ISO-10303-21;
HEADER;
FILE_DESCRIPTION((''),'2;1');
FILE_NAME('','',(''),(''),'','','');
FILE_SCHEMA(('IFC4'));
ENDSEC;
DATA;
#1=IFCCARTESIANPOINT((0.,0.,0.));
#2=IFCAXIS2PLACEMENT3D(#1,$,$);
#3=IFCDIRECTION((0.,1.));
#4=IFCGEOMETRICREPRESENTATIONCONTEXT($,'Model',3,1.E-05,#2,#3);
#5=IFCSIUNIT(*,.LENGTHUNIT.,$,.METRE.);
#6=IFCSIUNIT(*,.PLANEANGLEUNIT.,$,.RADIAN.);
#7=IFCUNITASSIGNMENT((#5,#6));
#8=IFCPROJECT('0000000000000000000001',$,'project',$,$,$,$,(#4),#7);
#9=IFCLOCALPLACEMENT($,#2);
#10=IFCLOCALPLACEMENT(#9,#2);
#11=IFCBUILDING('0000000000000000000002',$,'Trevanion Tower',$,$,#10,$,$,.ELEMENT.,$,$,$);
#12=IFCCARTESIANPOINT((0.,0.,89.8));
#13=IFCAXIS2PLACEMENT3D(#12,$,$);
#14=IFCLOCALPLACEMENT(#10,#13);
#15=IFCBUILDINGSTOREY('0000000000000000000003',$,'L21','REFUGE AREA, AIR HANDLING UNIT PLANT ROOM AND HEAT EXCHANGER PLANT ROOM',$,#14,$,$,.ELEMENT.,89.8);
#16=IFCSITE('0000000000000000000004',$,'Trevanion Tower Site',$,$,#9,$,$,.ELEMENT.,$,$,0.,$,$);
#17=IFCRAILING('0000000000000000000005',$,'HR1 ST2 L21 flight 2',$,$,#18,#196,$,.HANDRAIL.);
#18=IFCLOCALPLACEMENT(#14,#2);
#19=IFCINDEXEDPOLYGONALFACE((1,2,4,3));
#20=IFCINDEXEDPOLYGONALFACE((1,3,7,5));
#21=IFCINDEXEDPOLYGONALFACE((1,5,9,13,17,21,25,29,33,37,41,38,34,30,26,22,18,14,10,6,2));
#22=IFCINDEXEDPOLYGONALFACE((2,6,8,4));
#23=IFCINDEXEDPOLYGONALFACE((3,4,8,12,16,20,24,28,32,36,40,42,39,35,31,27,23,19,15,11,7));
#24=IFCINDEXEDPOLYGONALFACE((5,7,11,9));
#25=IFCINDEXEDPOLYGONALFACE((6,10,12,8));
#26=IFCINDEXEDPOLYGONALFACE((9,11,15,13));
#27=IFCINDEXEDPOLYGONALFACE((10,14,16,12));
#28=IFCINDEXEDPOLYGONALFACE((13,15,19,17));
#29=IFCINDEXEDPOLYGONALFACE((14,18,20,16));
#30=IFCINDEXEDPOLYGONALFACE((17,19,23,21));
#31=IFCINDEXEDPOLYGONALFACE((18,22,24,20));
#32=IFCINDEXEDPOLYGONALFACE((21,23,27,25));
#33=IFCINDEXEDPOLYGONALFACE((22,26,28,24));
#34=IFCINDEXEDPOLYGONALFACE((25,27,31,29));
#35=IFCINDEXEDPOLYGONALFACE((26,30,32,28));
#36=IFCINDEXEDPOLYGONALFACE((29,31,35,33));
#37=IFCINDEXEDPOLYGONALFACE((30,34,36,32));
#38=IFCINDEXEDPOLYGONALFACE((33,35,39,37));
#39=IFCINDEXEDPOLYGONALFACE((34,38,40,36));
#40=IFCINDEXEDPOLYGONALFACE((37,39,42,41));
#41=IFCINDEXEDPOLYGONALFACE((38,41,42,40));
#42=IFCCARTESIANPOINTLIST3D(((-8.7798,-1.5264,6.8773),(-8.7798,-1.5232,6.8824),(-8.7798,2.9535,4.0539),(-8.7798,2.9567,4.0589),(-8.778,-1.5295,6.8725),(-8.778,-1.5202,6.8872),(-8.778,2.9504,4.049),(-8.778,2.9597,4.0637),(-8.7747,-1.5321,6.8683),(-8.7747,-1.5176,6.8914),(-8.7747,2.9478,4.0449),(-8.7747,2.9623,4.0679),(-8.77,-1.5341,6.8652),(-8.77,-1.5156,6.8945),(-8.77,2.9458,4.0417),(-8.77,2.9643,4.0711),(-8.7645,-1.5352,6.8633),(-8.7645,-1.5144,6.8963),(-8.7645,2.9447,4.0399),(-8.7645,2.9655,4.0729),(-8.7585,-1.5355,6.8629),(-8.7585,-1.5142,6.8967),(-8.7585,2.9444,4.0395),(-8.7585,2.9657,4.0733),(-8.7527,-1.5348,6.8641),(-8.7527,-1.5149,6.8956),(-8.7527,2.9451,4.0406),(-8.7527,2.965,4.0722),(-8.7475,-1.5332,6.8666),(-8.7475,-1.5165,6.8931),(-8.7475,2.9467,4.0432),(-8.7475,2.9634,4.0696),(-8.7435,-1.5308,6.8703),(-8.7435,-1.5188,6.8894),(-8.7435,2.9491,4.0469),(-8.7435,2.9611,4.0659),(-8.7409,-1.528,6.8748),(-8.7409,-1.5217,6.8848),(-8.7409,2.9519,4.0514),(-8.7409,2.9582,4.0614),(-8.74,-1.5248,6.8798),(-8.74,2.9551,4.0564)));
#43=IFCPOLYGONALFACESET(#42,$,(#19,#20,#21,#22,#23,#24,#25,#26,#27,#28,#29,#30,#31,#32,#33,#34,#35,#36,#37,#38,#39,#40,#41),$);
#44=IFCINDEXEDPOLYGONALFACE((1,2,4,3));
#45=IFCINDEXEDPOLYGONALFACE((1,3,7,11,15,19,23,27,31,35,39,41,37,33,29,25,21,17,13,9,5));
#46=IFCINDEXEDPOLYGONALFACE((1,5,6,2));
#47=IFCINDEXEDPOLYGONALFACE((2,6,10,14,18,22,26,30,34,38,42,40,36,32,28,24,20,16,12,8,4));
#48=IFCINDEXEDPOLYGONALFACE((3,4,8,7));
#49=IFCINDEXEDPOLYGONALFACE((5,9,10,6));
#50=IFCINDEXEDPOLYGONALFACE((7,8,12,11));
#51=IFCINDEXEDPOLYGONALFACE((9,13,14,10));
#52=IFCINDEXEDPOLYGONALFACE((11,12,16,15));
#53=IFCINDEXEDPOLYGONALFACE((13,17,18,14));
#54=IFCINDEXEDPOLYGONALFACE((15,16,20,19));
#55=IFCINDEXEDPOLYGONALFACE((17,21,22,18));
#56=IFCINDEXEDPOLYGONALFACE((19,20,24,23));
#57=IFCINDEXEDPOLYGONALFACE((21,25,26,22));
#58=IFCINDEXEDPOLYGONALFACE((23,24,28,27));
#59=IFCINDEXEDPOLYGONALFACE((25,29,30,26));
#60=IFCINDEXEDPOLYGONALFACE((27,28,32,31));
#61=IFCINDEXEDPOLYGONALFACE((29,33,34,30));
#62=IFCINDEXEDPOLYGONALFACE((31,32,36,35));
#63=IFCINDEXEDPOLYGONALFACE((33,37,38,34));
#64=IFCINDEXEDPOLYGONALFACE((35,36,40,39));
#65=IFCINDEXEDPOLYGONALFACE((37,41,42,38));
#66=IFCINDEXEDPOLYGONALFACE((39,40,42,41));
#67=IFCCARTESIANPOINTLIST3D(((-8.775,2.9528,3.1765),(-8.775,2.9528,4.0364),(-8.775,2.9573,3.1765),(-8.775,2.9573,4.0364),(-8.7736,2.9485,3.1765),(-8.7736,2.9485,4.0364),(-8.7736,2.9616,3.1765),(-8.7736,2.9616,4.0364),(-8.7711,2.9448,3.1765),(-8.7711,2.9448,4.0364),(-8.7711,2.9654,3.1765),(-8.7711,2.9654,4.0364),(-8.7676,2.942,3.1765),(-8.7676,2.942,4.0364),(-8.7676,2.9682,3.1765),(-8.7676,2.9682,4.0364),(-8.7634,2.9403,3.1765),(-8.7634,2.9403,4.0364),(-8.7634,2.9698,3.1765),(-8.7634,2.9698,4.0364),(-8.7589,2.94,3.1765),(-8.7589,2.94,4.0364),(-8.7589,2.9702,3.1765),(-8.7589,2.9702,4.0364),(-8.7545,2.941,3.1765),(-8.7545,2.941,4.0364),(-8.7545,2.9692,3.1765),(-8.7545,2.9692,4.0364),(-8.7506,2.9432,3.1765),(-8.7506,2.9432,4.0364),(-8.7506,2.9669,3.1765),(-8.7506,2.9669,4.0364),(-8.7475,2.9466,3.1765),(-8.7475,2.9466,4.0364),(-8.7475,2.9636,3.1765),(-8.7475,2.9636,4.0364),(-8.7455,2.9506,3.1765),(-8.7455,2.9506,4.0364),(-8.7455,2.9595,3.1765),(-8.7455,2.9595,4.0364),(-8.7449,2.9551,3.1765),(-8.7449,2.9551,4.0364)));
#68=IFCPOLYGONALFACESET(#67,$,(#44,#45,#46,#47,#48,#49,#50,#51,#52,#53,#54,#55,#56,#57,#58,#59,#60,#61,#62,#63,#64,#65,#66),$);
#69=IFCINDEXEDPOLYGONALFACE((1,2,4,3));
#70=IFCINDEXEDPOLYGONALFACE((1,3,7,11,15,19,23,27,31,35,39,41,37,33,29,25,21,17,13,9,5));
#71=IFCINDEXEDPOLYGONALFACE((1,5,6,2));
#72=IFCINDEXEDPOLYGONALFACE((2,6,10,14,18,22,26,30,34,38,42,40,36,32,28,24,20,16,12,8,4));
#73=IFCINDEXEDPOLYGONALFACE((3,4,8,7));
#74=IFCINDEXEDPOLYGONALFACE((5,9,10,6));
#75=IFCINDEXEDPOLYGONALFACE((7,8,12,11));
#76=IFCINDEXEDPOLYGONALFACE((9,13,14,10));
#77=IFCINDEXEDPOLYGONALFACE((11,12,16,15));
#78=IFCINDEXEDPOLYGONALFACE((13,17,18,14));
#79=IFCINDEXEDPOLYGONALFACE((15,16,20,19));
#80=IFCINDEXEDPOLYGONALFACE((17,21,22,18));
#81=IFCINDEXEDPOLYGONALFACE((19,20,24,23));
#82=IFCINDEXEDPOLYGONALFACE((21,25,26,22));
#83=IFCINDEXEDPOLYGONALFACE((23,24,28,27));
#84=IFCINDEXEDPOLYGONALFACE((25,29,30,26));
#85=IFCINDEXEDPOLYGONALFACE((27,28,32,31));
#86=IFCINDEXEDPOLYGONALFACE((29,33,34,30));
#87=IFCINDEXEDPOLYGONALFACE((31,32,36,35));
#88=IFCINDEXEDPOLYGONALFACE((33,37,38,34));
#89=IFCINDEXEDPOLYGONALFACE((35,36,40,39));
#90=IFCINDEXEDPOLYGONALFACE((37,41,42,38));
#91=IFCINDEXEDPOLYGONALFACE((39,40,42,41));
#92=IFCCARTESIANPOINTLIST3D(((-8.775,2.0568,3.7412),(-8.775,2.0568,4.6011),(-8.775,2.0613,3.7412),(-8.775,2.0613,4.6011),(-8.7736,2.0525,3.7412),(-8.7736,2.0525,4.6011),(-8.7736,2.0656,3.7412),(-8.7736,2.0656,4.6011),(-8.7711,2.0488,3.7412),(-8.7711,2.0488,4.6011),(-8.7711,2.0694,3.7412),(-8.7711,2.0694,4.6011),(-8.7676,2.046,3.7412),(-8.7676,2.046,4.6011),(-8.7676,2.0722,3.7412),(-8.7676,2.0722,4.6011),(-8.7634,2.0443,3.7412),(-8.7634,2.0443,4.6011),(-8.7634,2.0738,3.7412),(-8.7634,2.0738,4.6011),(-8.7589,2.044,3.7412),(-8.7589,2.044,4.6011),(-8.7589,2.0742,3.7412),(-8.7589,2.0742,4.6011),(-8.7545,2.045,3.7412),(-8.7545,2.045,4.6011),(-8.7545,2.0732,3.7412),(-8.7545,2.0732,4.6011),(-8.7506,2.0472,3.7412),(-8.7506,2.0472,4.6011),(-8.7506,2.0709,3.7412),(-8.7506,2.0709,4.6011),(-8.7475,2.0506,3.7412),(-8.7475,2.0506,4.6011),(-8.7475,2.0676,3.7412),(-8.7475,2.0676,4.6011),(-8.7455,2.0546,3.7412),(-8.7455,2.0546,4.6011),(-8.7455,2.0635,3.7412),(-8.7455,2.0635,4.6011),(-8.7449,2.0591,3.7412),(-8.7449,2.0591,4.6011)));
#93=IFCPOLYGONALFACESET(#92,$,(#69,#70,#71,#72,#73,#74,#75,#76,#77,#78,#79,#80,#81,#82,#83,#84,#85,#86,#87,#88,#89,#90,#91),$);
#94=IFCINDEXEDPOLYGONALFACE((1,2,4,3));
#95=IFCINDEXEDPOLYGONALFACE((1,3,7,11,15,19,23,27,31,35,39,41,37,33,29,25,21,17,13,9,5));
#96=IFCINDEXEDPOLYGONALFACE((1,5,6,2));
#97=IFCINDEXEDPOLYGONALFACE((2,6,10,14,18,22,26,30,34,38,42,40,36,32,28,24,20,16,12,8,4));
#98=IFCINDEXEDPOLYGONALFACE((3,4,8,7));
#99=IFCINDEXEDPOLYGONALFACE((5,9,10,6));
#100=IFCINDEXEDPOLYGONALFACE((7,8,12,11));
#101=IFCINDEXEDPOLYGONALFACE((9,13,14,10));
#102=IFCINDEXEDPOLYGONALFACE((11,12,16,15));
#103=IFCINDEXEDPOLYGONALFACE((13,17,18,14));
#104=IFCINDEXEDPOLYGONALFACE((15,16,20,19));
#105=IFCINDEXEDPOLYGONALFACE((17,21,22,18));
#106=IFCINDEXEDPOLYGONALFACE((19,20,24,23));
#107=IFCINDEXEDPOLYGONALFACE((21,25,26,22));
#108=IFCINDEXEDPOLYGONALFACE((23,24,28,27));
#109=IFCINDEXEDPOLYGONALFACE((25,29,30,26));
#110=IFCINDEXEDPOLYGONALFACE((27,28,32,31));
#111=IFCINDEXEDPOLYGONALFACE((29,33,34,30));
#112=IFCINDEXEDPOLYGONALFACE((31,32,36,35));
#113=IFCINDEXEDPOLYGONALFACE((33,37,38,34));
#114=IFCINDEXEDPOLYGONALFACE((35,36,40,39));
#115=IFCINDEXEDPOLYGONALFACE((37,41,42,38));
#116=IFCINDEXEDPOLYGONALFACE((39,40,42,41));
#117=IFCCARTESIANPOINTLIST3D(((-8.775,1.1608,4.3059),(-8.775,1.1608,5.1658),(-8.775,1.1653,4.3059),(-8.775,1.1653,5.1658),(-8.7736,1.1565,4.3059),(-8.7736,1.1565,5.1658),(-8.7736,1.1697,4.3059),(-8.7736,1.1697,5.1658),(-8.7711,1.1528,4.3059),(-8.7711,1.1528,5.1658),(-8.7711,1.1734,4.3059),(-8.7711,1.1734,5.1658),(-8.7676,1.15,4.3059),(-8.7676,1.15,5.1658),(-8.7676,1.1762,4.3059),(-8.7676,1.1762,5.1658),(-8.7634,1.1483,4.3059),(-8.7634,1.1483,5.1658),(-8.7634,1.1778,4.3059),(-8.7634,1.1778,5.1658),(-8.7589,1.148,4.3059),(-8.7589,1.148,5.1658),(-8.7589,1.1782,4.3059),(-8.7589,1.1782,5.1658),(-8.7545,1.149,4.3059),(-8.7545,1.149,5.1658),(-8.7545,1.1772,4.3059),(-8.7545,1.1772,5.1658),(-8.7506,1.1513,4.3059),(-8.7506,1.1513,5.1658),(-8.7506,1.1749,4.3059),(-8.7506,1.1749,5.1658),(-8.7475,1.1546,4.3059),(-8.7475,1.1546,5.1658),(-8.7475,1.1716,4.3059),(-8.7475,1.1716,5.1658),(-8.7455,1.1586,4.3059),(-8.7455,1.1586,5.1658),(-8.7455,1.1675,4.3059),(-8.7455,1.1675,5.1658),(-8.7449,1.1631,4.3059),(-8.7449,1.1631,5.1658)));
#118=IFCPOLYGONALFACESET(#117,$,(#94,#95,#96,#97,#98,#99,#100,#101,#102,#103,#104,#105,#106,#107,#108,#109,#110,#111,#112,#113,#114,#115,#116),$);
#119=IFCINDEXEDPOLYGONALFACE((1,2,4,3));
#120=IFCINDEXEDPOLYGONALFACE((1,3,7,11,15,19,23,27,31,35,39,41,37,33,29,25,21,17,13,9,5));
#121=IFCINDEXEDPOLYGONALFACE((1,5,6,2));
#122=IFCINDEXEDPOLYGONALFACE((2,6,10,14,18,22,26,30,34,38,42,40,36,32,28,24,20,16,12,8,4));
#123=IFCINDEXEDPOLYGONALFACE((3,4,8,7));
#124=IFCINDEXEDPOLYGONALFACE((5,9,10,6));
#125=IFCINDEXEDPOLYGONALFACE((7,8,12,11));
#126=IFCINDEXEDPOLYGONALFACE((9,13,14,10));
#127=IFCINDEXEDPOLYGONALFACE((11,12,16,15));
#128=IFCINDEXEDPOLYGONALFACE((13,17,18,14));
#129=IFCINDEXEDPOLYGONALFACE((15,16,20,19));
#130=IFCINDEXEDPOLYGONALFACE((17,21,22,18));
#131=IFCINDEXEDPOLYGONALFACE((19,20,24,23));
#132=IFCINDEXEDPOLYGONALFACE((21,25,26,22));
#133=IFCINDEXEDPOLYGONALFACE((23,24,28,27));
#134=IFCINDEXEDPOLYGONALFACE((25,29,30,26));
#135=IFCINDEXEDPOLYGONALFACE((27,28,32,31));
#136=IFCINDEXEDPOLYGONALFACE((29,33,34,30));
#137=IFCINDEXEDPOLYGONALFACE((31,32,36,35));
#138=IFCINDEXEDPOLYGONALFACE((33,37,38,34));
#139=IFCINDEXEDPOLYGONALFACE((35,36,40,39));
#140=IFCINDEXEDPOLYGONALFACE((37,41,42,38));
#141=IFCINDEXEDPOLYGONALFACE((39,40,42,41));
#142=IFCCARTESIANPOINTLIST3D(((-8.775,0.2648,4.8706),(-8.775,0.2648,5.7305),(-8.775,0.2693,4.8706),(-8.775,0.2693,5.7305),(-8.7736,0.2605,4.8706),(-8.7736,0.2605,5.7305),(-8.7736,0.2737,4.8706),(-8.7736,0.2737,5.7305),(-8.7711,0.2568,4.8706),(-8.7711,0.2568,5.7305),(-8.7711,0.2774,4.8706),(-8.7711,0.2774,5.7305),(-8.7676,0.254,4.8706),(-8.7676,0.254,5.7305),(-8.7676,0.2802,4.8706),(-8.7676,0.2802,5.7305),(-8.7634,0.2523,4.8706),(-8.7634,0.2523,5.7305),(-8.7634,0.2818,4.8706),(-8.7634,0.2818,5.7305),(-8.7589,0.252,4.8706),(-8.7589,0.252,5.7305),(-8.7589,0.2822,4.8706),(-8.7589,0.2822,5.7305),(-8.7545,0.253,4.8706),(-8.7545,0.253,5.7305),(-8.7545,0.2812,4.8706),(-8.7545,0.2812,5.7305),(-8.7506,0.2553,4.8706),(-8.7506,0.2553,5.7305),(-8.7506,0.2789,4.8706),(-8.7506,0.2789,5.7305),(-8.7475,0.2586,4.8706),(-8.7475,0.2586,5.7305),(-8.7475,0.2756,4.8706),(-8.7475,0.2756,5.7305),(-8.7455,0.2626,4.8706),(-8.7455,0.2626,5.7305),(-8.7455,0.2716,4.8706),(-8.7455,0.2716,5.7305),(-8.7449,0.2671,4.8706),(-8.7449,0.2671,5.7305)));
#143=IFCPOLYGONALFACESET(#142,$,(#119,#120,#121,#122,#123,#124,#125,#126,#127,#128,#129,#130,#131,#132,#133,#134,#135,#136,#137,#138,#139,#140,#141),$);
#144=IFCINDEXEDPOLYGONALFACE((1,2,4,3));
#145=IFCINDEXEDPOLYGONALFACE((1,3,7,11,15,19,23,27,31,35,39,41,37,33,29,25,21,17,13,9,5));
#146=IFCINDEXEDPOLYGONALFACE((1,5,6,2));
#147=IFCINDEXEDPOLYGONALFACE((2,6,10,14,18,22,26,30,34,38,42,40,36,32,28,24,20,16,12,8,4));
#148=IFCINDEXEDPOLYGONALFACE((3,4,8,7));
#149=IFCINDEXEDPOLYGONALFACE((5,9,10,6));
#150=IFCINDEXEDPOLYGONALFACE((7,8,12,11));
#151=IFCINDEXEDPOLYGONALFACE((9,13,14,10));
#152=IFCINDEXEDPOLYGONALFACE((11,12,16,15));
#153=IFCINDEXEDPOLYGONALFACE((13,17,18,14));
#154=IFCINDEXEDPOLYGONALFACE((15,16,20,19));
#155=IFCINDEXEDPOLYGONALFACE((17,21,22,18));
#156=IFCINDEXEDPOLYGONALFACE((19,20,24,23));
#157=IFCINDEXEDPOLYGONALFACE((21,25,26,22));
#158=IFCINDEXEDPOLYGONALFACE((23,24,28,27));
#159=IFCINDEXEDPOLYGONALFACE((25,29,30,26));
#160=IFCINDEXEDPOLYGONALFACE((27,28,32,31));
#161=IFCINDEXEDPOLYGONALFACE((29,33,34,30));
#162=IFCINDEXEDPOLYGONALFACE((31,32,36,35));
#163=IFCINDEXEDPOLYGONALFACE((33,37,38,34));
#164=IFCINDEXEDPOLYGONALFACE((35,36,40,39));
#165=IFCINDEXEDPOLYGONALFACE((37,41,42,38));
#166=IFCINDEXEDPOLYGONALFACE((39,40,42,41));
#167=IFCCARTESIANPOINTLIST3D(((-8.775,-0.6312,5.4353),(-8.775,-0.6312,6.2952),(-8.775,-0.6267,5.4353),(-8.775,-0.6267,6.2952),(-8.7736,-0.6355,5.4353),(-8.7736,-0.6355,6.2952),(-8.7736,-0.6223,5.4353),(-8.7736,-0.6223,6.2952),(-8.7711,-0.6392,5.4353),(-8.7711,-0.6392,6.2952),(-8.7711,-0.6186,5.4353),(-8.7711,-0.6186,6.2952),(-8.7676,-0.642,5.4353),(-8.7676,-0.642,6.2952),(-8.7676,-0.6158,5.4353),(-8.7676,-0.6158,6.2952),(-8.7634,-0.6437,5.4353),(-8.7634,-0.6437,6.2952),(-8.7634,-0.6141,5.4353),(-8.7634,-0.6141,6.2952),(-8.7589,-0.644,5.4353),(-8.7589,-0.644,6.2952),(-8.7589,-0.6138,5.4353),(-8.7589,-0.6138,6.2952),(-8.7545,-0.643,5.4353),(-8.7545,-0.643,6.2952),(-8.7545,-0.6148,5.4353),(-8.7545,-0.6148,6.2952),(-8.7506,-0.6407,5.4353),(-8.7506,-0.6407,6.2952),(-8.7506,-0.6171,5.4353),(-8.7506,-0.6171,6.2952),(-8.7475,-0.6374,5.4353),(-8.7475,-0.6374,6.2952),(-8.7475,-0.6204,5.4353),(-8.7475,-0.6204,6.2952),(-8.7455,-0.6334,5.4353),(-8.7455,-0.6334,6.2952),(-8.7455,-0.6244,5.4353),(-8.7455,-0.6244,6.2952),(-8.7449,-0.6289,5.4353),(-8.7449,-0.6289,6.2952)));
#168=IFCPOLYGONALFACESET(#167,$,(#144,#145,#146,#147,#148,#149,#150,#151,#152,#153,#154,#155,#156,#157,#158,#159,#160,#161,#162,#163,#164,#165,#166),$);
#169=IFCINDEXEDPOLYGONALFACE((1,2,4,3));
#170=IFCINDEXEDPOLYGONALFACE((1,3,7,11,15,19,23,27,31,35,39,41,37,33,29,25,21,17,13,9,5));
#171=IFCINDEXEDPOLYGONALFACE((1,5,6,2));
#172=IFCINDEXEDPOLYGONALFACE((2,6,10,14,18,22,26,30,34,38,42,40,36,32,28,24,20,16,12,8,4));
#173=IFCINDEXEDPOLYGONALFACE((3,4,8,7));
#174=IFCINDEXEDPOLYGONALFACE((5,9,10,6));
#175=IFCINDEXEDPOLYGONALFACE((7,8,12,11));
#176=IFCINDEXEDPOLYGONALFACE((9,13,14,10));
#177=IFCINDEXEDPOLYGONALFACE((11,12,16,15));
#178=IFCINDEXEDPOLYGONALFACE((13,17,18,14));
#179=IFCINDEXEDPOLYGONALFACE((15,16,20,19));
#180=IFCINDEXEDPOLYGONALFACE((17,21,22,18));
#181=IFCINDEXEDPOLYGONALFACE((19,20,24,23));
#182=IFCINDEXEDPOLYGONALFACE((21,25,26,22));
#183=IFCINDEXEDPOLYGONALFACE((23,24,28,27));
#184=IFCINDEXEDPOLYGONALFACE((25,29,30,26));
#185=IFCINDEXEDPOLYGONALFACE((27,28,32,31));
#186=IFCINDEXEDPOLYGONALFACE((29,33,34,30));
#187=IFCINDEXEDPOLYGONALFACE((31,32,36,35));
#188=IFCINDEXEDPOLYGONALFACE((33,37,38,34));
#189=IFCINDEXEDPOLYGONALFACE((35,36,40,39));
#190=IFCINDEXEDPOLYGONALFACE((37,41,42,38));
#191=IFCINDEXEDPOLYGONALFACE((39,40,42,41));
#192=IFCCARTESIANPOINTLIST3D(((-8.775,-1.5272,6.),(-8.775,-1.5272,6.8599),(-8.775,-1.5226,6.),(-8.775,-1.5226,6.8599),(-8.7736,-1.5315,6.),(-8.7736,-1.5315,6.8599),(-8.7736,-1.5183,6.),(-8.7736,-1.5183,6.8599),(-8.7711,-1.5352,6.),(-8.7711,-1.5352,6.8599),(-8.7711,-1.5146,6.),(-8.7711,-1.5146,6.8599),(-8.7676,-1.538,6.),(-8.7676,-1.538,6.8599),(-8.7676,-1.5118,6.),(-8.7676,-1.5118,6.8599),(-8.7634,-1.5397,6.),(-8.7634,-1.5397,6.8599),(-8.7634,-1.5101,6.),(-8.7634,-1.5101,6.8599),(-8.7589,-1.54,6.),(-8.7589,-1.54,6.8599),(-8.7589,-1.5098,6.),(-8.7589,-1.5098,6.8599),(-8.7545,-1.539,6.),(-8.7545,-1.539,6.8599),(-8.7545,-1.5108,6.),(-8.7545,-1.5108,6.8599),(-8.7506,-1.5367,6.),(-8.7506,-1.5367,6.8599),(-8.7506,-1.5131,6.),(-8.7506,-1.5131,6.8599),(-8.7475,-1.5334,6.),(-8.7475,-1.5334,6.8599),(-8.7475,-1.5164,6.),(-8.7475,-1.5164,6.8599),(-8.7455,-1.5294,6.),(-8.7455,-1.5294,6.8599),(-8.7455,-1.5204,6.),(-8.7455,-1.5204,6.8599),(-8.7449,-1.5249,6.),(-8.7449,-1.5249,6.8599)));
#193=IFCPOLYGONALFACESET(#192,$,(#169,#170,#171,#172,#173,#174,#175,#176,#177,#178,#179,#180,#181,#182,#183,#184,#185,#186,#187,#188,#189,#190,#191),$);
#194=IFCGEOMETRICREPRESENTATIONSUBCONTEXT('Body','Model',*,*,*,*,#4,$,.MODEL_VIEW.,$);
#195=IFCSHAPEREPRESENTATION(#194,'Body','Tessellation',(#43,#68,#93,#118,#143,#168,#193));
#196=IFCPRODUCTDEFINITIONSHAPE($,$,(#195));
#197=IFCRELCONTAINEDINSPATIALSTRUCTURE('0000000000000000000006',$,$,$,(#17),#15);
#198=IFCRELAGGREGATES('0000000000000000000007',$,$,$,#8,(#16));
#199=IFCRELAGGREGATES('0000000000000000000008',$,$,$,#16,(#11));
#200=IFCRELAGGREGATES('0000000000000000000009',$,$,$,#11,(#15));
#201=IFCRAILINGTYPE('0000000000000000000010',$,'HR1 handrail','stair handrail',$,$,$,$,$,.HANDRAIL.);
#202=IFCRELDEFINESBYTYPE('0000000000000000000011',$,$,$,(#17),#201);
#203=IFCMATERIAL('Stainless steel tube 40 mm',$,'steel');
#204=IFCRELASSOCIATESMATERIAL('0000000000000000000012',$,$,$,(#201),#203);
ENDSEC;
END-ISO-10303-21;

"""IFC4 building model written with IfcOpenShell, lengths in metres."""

from ifc_helpers import new_model, si_unit, direction, frame, origin, origin_2d, place, context, subcontext, project, spatial, circle, extrude, material, type_object, element, save


model = new_model("IFC4")

# Units and contexts
model_context = context("Model", 3, precision=1e-05, world=origin(), true_north=direction((0.0, 1.0)))
body_context = subcontext(model_context, "Body", "Model", "MODEL_VIEW")
ifc_project = project(units=[si_unit("LENGTHUNIT", "METRE"), si_unit("PLANEANGLEUNIT", "RADIAN")], contexts=[model_context])

# Site, building, storey
site_placement = place(None, origin())
site = spatial("IfcSite", under=ifc_project, at=site_placement, Name="Trevanion Tower Site", CompositionType="ELEMENT", RefElevation=0.0)
building_placement = place(site_placement, origin())
building = spatial("IfcBuilding", under=site, at=building_placement, Name="Trevanion Tower", CompositionType="ELEMENT")
storey_placement = place(building_placement, frame((0.0, 0.0, 89.8)))
storey = spatial("IfcBuildingStorey", under=building, at=storey_placement, Name="L21", Description="REFUGE AREA, AIR HANDLING UNIT PLANT ROOM AND HEAT EXCHANGER PLANT ROOM", CompositionType="ELEMENT", Elevation=89.8)

# Railing
ifc_material_1 = material(Name="Stainless steel tube 40 mm", Category="steel")
railing_type = type_object("IfcRailingType", Name="HR1 handrail", Description="stair handrail", PredefinedType="HANDRAIL", material=ifc_material_1)
for number, where, name in (
    (1, (-8.76, 2.9551, 3.1765), "HR1 ST2 L21 flight 2"),
):
    element("IfcRailing", number, at=place(storey_placement, frame(where)), inside=storey, type_object=railing_type, Name=name, PredefinedType="HANDRAIL", context=body_context, shape_type="SweptSolid", body=[
        extrude(circle(Radius=0.02, at=origin_2d()), frame((0.0, 0.0, 0.8799), z_axis=(0.0, -0.845998, 0.533186), x_axis=(1.0, 0.0, 0.0)), (0.0, 0.0, 1.0), 5.2954),
        extrude(circle(Radius=0.0151, at=origin_2d()), origin(), (0.0, 0.0, 1.0), 0.8599),
        extrude(circle(Radius=0.0151, at=origin_2d()), frame((0.0, -0.896, 0.5647)), (0.0, 0.0, 1.0), 0.8599),
        extrude(circle(Radius=0.0151, at=origin_2d()), frame((0.0, -1.792, 1.1294)), (0.0, 0.0, 1.0), 0.8599),
        extrude(circle(Radius=0.0151, at=origin_2d()), frame((0.0, -2.688, 1.6941)), (0.0, 0.0, 1.0), 0.8599),
        extrude(circle(Radius=0.0151, at=origin_2d()), frame((0.0, -3.584, 2.2588)), (0.0, 0.0, 1.0), 0.8599),
        extrude(circle(Radius=0.0151, at=origin_2d()), frame((0.0, -4.48, 2.8235)), (0.0, 0.0, 1.0), 0.8599),
    ])

save(model, "model.ifc")
